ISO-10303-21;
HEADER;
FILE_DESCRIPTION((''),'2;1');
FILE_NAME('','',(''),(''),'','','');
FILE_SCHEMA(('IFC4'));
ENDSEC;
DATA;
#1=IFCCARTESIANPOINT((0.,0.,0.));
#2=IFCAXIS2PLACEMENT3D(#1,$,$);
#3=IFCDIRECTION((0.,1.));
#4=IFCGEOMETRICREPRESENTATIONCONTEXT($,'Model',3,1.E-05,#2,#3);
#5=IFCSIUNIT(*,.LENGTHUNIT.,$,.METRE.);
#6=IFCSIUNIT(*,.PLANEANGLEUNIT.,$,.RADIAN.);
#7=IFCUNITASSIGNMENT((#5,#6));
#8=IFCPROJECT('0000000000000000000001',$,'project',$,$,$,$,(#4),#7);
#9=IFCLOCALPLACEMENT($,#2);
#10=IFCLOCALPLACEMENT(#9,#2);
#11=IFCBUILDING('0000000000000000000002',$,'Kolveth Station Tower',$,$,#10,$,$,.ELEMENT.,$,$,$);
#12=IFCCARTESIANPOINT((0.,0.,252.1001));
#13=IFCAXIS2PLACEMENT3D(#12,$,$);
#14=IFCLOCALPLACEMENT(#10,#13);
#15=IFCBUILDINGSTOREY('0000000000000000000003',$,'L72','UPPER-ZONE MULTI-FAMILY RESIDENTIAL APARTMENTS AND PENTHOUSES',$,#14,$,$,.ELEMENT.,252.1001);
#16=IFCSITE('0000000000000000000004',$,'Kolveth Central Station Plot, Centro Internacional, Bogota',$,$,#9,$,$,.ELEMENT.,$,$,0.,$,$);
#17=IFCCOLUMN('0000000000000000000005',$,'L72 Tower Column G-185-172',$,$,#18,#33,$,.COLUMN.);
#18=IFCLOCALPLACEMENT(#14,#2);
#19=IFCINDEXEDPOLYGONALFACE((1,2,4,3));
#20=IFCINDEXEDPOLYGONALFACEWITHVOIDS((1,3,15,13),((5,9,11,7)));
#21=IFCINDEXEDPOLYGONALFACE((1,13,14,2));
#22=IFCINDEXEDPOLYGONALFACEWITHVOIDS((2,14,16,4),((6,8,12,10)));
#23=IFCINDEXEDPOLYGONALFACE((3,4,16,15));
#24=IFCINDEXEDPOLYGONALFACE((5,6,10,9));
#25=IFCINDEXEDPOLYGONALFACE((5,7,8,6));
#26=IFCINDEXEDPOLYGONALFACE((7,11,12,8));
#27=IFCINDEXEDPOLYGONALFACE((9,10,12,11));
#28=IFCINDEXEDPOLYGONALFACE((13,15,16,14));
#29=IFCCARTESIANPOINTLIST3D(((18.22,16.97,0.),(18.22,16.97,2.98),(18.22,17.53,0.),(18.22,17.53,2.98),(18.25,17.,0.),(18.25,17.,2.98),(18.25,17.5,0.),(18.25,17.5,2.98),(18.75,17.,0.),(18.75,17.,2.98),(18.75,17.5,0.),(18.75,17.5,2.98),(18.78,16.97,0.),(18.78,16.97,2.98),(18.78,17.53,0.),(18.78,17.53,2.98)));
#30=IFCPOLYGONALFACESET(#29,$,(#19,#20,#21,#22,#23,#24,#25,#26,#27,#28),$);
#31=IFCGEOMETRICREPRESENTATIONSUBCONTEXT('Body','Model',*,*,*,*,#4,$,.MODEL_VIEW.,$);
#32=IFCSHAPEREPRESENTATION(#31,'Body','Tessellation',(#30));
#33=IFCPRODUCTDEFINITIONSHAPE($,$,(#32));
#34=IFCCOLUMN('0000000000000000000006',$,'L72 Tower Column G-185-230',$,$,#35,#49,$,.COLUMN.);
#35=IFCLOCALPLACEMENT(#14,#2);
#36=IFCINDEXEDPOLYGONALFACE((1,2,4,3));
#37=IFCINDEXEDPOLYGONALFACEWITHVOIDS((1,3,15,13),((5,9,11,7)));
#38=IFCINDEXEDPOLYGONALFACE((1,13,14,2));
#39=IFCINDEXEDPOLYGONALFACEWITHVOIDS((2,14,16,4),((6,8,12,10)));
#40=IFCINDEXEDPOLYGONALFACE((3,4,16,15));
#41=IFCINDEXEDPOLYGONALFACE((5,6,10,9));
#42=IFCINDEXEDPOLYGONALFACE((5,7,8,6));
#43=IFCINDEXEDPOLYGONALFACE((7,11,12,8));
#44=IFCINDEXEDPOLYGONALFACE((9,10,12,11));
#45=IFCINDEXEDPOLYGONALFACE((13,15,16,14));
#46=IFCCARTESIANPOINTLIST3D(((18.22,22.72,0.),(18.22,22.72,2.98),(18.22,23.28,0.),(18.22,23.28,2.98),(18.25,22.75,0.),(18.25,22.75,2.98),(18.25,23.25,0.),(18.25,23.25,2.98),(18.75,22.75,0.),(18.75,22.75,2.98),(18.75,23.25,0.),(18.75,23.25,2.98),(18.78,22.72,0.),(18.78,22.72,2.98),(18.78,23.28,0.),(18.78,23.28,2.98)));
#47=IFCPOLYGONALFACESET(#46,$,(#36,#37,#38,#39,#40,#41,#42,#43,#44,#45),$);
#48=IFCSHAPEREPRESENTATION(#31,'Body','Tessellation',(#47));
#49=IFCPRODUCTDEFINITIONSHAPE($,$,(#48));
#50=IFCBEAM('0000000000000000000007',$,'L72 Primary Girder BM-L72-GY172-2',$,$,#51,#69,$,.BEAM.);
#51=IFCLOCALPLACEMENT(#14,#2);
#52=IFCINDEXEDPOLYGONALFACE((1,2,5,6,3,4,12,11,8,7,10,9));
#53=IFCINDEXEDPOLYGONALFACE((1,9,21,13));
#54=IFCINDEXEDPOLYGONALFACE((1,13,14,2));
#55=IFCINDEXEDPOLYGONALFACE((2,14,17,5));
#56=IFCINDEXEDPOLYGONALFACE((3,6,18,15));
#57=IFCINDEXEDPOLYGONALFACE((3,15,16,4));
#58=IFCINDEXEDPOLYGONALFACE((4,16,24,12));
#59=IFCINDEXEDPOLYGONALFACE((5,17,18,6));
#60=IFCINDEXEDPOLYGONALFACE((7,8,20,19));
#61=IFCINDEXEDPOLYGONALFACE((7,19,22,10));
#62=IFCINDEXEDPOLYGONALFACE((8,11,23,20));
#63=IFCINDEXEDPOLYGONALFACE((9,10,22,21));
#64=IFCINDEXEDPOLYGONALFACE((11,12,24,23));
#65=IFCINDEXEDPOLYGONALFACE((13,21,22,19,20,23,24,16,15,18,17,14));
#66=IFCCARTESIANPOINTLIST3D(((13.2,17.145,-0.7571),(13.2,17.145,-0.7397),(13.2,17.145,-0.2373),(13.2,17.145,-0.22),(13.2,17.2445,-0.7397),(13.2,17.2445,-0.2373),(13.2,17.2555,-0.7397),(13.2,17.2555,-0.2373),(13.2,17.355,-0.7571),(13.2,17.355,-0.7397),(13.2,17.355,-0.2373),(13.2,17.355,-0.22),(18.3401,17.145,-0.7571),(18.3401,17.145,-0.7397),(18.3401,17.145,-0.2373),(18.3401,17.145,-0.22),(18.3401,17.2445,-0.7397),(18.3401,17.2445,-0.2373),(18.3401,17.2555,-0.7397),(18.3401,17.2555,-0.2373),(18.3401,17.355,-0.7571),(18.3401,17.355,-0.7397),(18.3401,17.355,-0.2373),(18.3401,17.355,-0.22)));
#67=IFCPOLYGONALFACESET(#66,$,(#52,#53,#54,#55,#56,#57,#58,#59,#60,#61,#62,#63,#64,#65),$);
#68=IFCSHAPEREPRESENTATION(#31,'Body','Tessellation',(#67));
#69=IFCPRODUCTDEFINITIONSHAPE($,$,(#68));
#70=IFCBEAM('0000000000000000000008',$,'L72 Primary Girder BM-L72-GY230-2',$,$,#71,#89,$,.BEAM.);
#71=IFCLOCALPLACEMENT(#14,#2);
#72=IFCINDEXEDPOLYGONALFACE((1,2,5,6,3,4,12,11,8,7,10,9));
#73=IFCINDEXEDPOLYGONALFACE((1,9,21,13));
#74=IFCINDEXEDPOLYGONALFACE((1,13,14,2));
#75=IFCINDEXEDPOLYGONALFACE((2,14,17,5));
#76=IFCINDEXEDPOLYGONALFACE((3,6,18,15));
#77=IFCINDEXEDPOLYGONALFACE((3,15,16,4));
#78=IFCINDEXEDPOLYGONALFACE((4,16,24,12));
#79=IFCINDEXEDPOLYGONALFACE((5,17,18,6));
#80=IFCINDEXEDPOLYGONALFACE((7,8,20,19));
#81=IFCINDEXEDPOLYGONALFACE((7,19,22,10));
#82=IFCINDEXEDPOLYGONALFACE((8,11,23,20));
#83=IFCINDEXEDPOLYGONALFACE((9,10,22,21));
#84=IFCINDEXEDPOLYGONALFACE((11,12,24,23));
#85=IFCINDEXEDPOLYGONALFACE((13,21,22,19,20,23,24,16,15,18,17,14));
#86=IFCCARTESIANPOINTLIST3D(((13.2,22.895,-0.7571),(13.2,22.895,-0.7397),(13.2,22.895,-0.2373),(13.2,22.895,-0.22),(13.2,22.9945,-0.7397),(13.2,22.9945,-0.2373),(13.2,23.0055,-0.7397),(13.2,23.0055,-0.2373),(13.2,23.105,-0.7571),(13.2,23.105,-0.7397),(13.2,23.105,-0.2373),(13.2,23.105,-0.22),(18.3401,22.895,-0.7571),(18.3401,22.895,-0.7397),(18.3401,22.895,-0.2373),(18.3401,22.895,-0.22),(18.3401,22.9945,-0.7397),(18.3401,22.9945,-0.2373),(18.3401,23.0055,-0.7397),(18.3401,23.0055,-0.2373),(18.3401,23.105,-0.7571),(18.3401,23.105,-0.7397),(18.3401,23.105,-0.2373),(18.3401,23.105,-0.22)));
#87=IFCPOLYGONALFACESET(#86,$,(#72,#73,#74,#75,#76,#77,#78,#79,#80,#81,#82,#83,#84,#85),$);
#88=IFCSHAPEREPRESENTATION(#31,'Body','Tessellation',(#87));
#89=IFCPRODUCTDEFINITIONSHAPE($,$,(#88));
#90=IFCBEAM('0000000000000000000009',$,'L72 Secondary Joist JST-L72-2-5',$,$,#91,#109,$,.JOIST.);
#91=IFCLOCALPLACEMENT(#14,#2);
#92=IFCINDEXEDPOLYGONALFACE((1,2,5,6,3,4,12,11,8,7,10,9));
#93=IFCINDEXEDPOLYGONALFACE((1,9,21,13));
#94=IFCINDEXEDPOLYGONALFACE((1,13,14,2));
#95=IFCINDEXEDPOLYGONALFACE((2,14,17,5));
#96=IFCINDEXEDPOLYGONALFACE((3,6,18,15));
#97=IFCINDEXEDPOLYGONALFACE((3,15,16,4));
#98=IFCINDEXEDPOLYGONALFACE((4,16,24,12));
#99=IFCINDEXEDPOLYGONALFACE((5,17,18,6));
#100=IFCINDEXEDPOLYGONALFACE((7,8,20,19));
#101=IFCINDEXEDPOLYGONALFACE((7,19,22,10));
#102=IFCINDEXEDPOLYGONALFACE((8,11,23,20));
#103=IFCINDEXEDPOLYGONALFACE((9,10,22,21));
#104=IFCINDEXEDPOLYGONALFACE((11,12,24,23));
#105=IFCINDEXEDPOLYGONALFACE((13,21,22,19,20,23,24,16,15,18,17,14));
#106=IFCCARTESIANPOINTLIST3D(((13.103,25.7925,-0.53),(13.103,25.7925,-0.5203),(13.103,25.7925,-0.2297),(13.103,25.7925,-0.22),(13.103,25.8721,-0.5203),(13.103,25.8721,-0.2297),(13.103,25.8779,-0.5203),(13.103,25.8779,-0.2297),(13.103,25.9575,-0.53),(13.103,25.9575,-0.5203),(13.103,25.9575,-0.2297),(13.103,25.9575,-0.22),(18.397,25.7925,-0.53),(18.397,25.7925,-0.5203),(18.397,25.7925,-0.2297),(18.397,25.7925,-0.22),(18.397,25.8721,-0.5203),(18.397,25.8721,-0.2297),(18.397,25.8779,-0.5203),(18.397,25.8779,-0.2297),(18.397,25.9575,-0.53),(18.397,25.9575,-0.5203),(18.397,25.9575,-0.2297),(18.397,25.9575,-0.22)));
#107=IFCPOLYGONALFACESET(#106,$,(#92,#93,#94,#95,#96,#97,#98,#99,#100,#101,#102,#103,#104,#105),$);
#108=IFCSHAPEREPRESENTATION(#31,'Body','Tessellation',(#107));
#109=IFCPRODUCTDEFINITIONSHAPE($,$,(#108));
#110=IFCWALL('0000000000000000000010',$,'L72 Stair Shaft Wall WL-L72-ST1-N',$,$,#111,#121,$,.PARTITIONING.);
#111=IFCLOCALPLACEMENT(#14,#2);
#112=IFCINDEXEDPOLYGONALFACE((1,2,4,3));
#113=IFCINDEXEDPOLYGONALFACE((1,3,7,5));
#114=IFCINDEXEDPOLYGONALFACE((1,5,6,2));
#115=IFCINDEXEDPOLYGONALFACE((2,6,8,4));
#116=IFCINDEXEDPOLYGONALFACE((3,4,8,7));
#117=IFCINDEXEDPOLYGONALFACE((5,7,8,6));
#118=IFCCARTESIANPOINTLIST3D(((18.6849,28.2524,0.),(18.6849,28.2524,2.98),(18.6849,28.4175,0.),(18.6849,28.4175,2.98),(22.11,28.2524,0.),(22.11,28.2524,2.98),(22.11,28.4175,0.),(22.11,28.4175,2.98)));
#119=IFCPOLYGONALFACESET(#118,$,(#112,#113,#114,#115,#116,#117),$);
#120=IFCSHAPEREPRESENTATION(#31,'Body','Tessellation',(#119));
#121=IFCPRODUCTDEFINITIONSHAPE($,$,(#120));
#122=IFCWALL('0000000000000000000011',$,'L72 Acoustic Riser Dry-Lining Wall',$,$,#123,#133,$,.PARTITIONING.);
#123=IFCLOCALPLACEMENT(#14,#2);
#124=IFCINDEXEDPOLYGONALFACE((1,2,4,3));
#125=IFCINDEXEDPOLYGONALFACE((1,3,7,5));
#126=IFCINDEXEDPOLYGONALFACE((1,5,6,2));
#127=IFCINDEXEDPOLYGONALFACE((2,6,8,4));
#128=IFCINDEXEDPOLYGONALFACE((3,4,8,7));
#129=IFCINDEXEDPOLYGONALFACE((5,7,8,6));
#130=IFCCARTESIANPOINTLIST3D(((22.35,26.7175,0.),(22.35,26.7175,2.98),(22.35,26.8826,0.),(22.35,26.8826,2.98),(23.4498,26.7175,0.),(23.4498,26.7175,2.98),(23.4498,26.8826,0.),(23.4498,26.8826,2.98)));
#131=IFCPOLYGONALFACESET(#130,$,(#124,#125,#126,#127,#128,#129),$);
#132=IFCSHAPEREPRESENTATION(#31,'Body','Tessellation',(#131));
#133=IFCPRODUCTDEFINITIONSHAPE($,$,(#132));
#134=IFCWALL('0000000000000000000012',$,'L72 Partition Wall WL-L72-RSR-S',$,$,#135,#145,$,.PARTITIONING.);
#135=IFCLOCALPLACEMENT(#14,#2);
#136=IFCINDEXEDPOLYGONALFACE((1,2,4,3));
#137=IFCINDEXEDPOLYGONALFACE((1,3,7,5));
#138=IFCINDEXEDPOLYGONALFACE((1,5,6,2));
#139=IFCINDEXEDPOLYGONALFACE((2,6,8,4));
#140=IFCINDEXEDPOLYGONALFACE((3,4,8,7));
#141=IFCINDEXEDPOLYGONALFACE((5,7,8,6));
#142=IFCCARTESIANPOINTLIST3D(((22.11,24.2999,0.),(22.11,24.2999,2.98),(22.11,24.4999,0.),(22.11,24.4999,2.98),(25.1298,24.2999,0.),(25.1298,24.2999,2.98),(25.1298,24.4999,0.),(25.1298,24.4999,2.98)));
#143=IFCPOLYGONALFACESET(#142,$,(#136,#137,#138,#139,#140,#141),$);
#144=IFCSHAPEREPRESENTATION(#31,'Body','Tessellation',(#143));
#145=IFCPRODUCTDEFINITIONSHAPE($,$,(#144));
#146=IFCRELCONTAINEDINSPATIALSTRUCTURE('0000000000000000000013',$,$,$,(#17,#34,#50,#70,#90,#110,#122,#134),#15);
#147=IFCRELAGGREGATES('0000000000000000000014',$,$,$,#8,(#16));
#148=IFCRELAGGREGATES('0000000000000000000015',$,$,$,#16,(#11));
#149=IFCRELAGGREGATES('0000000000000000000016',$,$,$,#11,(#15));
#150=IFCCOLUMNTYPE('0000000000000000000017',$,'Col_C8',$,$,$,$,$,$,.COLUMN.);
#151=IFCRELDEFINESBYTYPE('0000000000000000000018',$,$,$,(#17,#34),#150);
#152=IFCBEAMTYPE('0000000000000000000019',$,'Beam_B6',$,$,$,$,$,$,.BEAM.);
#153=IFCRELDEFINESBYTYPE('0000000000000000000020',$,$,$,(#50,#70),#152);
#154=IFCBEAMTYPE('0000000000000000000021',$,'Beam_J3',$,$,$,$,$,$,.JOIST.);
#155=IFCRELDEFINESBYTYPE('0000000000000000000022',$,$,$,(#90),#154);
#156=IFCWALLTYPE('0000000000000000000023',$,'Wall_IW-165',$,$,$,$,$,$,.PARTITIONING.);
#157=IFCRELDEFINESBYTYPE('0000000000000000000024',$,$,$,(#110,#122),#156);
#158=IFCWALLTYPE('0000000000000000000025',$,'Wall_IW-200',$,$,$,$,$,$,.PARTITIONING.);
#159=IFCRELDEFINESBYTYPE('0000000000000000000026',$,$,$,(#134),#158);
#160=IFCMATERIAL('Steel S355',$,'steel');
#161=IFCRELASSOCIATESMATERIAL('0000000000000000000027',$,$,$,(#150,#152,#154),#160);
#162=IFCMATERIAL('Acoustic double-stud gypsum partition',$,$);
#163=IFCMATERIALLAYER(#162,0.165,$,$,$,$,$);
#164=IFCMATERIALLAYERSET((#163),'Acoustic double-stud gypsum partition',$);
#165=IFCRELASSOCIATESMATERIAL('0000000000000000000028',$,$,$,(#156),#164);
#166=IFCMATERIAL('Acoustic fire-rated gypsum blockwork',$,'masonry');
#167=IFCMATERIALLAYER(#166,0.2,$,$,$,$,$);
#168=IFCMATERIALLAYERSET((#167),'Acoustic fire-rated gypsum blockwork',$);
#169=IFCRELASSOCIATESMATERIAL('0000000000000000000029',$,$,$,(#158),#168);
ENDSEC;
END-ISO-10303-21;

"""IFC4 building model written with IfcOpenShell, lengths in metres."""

from ifc_helpers import new_model, si_unit, direction, frame, frame_2d, origin, origin_2d, place, context, subcontext, project, spatial, rectangle, hollow_rectangle, i_section, extrude, source, transform, mapped, material, layer, layer_set, material_profile, profile_set, type_object, element, save


model = new_model("IFC4")

# Units and contexts
model_context = context("Model", 3, precision=1e-05, world=origin(), true_north=direction((0.0, 1.0)))
body_context = subcontext(model_context, "Body", "Model", "MODEL_VIEW")
ifc_project = project(units=[si_unit("LENGTHUNIT", "METRE"), si_unit("PLANEANGLEUNIT", "RADIAN")], contexts=[model_context])

# Site, building, storey
site_placement = place(None, origin())
site = spatial("IfcSite", under=ifc_project, at=site_placement, Name="Kolveth Central Station Plot, Centro Internacional, Bogota", CompositionType="ELEMENT", RefElevation=0.0)
building_placement = place(site_placement, origin())
building = spatial("IfcBuilding", under=site, at=building_placement, Name="Kolveth Station Tower", CompositionType="ELEMENT")
storey_placement = place(building_placement, frame((0.0, 0.0, 252.1001)))
storey = spatial("IfcBuildingStorey", under=building, at=storey_placement, Name="L72", Description="UPPER-ZONE MULTI-FAMILY RESIDENTIAL APARTMENTS AND PENTHOUSES", CompositionType="ELEMENT", Elevation=252.1001)

# Columns
ifc_material_1 = material(Name="Steel S355", Category="steel")
ifc_material_profile_1 = material_profile(ifc_material_1, hollow_rectangle(XDim=0.5601, YDim=0.5601, WallThickness=0.03, at=origin_2d()), Name="BOX560x560x30")
ifc_profile_set_1 = profile_set([ifc_material_profile_1], Name="Steel S355")
column_type = type_object("IfcColumnType", Name="Col_C8", PredefinedType="COLUMN", material=ifc_profile_set_1)
shared_shape_1 = source(origin(), body_context, "Body", "SweptSolid", [
    extrude(hollow_rectangle(XDim=0.5601, YDim=0.5601, WallThickness=0.03, at=origin_2d()), origin(), (0.0, 0.0, 1.0), 2.98),
])
for number, where, z_axis, x_axis, name in (
    (1, (18.5, 17.25, 0.0), (0.0, 0.0, 1.0), (1.0, 0.0, 0.0), "L72 Tower Column G-185-172"),
    (2, (18.5, 23.0, 0.0), (0.0, 0.0, 1.0), (1.0, 0.0, 0.0), "L72 Tower Column G-185-230"),
):
    element("IfcColumn", number, at=place(storey_placement, frame(where, z_axis=z_axis, x_axis=x_axis)), inside=storey, type_object=column_type, Name=name, PredefinedType="COLUMN", context=body_context, shape_type="MappedRepresentation", body=[
        mapped(shared_shape_1, transform((0.0, 0.0, 0.0), x_axis=(1.0, 0.0, 0.0), y_axis=(0.0, 1.0, 0.0), z_axis=(0.0, 0.0, 1.0), scale=1.0)),
    ])

# Beams
ifc_material_profile_2 = material_profile(ifc_material_1, i_section(OverallWidth=0.21, OverallDepth=0.5371, WebThickness=0.011, FlangeThickness=0.0173, at=origin_2d()), Name="W530x101")
ifc_profile_set_2 = profile_set([ifc_material_profile_2], Name="Steel S355")
beam_type_1 = type_object("IfcBeamType", Name="Beam_B6", PredefinedType="BEAM", material=ifc_profile_set_2)
shared_shape_2 = source(origin(), body_context, "Body", "SweptSolid", [
    extrude(i_section(OverallWidth=0.21, OverallDepth=0.5371, WebThickness=0.011, FlangeThickness=0.0173, at=origin_2d()), origin(), (0.0, 0.0, 1.0), 5.1401),
])
for number, where, z_axis, x_axis, name in (
    (3, (13.2, 17.25, -0.4885), (1.0, 0.0, 0.0), (0.0, 1.0, 0.0), "L72 Primary Girder BM-L72-GY172-2"),
    (4, (13.2, 23.0, -0.4885), (1.0, 0.0, 0.0), (0.0, 1.0, 0.0), "L72 Primary Girder BM-L72-GY230-2"),
):
    element("IfcBeam", number, at=place(storey_placement, frame(where, z_axis=z_axis, x_axis=x_axis)), inside=storey, type_object=beam_type_1, Name=name, PredefinedType="BEAM", context=body_context, shape_type="MappedRepresentation", body=[
        mapped(shared_shape_2, transform((0.0, 0.0, 0.0), x_axis=(1.0, 0.0, 0.0), y_axis=(0.0, 1.0, 0.0), z_axis=(0.0, 0.0, 1.0), scale=1.0)),
    ])
ifc_material_profile_3 = material_profile(ifc_material_1, i_section(OverallWidth=0.165, OverallDepth=0.3101, WebThickness=0.0059, FlangeThickness=0.0098, at=origin_2d()), Name="W310x39")
ifc_profile_set_3 = profile_set([ifc_material_profile_3], Name="Steel S355")
beam_type_2 = type_object("IfcBeamType", Name="Beam_J3", PredefinedType="JOIST", material=ifc_profile_set_3)
shared_shape_3 = source(origin(), body_context, "Body", "SweptSolid", [
    extrude(i_section(OverallWidth=0.165, OverallDepth=0.3101, WebThickness=0.0059, FlangeThickness=0.0098, at=origin_2d()), origin(), (0.0, 0.0, 1.0), 5.2939),
])
beam_placement = place(storey_placement, frame((13.103, 25.875, -0.375), z_axis=(1.0, 0.0, 0.0), x_axis=(0.0, 1.0, 0.0)))
element("IfcBeam", 5, at=beam_placement, inside=storey, type_object=beam_type_2, Name="L72 Secondary Joist JST-L72-2-5", PredefinedType="JOIST", context=body_context, shape_type="MappedRepresentation", body=[
    mapped(shared_shape_3, transform((0.0, 0.0, 0.0), x_axis=(1.0, 0.0, 0.0), y_axis=(0.0, 1.0, 0.0), z_axis=(0.0, 0.0, 1.0), scale=1.0)),
])

# Walls
ifc_material_2 = material(Name="Acoustic double-stud gypsum partition")
ifc_layer_1 = layer(ifc_material_2, 0.165)
ifc_layer_set_1 = layer_set([ifc_layer_1], Name="Acoustic double-stud gypsum partition")
wall_type_1 = type_object("IfcWallType", Name="Wall_IW-165", PredefinedType="PARTITIONING", material=ifc_layer_set_1)
wall_1_placement = place(storey_placement, frame((18.6851, 28.335, 0.0), z_axis=(0.0, 0.0, 1.0), x_axis=(1.0, 0.0, 0.0)))
element("IfcWall", 6, at=wall_1_placement, inside=storey, type_object=wall_type_1, Name="L72 Stair Shaft Wall WL-L72-ST1-N", PredefinedType="PARTITIONING", context=body_context, shape_type="SweptSolid", body=[
    extrude(rectangle(XDim=3.425, YDim=0.165, at=frame_2d((1.7124, 0.0))), origin(), (0.0, 0.0, 1.0), 2.98),
])
wall_2_placement = place(storey_placement, frame((22.3501, 26.8, 0.0), z_axis=(0.0, 0.0, 1.0), x_axis=(1.0, 0.0, 0.0)))
element("IfcWall", 7, at=wall_2_placement, inside=storey, type_object=wall_type_1, Name="L72 Acoustic Riser Dry-Lining Wall", PredefinedType="PARTITIONING", context=body_context, shape_type="SweptSolid", body=[
    extrude(rectangle(XDim=1.0999, YDim=0.165, at=frame_2d((0.5498, 0.0))), origin(), (0.0, 0.0, 1.0), 2.98),
])
ifc_material_3 = material(Name="Acoustic fire-rated gypsum blockwork", Category="masonry")
ifc_layer_2 = layer(ifc_material_3, 0.2)
ifc_layer_set_2 = layer_set([ifc_layer_2], Name="Acoustic fire-rated gypsum blockwork")
wall_type_2 = type_object("IfcWallType", Name="Wall_IW-200", PredefinedType="PARTITIONING", material=ifc_layer_set_2)
wall_3_placement = place(storey_placement, frame((22.1101, 24.3999, 0.0), z_axis=(0.0, 0.0, 1.0), x_axis=(1.0, 0.0, 0.0)))
element("IfcWall", 8, at=wall_3_placement, inside=storey, type_object=wall_type_2, Name="L72 Partition Wall WL-L72-RSR-S", PredefinedType="PARTITIONING", context=body_context, shape_type="SweptSolid", body=[
    extrude(rectangle(XDim=3.0198, YDim=0.2, at=frame_2d((1.5098, 0.0))), origin(), (0.0, 0.0, 1.0), 2.98),
])

save(model, "model.ifc")
